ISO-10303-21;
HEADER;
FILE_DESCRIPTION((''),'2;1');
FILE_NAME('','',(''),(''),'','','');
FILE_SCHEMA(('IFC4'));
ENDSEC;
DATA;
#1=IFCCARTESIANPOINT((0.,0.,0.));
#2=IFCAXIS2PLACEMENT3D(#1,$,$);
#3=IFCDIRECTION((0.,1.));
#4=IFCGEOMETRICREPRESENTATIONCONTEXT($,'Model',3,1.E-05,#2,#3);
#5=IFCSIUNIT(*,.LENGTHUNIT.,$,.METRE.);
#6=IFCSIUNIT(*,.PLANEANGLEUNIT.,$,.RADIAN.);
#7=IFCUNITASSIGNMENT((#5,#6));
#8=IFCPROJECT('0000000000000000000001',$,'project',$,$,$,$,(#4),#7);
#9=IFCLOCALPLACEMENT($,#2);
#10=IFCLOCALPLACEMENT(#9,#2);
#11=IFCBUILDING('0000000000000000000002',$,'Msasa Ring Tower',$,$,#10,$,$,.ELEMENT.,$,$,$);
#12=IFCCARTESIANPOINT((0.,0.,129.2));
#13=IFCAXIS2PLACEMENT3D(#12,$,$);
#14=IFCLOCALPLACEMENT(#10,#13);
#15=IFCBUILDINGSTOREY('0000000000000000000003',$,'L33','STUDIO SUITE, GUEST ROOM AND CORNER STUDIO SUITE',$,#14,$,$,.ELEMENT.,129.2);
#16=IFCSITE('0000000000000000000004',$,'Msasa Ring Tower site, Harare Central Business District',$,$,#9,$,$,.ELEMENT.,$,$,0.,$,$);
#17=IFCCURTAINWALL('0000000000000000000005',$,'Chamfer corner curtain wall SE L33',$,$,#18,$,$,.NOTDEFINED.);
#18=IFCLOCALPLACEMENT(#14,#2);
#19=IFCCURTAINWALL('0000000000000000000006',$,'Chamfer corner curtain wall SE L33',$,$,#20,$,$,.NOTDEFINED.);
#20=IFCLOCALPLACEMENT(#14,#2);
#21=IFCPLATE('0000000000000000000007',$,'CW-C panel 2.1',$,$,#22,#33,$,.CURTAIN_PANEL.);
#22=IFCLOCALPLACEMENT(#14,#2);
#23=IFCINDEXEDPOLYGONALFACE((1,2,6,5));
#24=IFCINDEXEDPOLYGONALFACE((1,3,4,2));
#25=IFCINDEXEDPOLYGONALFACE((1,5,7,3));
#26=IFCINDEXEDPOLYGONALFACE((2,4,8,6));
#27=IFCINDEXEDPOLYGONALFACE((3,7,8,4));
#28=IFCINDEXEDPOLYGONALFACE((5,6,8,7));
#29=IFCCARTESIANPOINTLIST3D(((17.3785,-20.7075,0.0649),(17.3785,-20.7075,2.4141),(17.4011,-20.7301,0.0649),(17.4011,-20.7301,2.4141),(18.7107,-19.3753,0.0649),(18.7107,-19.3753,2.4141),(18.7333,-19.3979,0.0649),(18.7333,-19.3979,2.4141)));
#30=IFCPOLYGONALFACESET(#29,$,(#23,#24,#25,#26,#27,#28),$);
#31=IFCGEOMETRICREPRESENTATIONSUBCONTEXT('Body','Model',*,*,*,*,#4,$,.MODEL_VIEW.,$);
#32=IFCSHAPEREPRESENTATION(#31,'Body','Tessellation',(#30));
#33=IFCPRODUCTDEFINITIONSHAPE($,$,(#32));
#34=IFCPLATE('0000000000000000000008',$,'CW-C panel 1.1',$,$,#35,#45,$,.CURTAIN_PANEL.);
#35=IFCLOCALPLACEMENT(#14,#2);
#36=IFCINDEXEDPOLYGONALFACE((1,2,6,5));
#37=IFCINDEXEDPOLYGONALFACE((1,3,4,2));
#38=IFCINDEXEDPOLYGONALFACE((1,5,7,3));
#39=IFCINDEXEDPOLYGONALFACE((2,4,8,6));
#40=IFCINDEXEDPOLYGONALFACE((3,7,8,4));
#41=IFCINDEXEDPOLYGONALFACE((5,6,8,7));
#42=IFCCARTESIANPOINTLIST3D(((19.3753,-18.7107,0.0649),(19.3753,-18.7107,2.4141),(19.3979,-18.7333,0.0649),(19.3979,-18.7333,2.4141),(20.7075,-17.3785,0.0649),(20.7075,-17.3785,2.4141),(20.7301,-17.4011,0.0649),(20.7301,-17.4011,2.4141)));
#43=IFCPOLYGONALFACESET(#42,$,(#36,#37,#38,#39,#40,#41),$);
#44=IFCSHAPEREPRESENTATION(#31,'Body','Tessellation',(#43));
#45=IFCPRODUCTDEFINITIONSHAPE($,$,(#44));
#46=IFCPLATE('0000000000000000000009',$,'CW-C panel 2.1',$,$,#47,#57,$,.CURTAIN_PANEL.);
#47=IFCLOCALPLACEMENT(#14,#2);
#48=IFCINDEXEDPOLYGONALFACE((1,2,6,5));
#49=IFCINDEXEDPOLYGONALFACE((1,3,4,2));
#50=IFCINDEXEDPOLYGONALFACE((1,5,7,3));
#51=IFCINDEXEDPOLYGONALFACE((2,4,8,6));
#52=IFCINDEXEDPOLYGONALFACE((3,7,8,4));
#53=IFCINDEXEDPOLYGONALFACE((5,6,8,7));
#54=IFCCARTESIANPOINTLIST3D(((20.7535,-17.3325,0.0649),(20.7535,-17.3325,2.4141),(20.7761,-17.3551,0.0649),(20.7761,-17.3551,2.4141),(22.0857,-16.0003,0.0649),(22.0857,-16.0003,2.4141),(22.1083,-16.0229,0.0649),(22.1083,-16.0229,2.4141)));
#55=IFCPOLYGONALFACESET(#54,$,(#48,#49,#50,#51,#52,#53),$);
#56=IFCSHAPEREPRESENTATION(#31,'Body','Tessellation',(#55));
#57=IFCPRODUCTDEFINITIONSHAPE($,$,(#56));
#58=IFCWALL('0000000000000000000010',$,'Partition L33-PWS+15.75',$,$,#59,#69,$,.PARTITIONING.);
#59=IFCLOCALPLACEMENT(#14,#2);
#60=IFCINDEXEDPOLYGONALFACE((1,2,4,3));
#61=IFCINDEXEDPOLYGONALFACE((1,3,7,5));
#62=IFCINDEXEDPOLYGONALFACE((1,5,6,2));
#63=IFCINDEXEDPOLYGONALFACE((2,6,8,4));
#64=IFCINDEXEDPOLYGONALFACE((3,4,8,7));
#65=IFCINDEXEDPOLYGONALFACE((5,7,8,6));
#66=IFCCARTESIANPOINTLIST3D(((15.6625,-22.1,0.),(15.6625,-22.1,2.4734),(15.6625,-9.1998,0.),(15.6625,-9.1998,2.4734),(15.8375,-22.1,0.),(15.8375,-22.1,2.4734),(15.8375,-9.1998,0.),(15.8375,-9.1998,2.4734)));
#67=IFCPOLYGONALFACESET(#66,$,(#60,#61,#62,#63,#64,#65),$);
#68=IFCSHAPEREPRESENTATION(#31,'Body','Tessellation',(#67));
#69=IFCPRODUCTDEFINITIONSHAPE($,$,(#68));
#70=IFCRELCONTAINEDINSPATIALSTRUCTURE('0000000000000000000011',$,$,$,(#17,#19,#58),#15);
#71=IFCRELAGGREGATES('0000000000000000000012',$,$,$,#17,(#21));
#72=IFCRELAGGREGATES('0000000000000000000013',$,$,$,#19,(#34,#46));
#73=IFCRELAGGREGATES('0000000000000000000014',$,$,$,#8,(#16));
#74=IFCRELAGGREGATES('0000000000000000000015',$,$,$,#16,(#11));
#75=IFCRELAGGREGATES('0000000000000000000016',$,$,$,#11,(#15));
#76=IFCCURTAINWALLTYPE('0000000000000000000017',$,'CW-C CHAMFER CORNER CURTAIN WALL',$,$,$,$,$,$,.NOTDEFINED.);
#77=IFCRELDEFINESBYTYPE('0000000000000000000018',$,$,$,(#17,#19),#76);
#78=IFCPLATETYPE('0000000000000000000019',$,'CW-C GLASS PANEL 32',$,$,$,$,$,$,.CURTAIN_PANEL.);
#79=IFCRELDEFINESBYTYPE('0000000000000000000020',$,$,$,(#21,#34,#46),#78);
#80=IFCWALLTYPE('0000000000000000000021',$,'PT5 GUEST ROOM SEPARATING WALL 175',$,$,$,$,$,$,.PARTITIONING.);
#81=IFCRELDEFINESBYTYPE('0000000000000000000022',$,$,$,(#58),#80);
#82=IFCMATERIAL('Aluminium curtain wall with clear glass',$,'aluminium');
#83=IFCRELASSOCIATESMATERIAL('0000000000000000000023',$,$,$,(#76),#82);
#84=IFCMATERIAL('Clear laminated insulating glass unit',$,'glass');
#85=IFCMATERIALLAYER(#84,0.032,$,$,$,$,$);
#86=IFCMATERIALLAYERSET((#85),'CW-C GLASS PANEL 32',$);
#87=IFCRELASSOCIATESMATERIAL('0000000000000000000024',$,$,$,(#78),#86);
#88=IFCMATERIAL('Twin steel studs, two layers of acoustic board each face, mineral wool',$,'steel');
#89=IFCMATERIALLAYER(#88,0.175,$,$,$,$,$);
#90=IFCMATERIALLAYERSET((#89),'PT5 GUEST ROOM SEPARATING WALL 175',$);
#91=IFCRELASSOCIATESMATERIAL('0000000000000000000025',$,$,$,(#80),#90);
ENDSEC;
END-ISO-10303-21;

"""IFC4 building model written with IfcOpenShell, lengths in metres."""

from ifc_helpers import new_model, si_unit, direction, frame, frame_2d, origin, origin_2d, place, context, subcontext, project, spatial, rectangle, extrude, material, layer, layer_set, type_object, element, aggregate, save


model = new_model("IFC4")

# Units and contexts
model_context = context("Model", 3, precision=1e-05, world=origin(), true_north=direction((0.0, 1.0)))
body_context = subcontext(model_context, "Body", "Model", "MODEL_VIEW")
ifc_project = project(units=[si_unit("LENGTHUNIT", "METRE"), si_unit("PLANEANGLEUNIT", "RADIAN")], contexts=[model_context])

# Site, building, storey
site_placement = place(None, origin())
site = spatial("IfcSite", under=ifc_project, at=site_placement, Name="Msasa Ring Tower site, Harare Central Business District", CompositionType="ELEMENT", RefElevation=0.0)
building_placement = place(site_placement, origin())
building = spatial("IfcBuilding", under=site, at=building_placement, Name="Msasa Ring Tower", CompositionType="ELEMENT")
storey_placement = place(building_placement, frame((0.0, 0.0, 129.2)))
storey = spatial("IfcBuildingStorey", under=building, at=storey_placement, Name="L33", Description="STUDIO SUITE, GUEST ROOM AND CORNER STUDIO SUITE", CompositionType="ELEMENT", Elevation=129.2)

# Curtain walls
ifc_material_1 = material(Name="Aluminium curtain wall with clear glass", Category="aluminium")
curtain_wall_type = type_object("IfcCurtainWallType", Name="CW-C CHAMFER CORNER CURTAIN WALL", PredefinedType="NOTDEFINED", material=ifc_material_1)
curtain_wall_1_placement = place(storey_placement, origin())
curtain_wall_1 = element("IfcCurtainWall", 1, at=curtain_wall_1_placement, inside=storey, type_object=curtain_wall_type, Name="Chamfer corner curtain wall SE L33", PredefinedType="NOTDEFINED")
curtain_wall_2_placement = place(storey_placement, origin())
curtain_wall_2 = element("IfcCurtainWall", 2, at=curtain_wall_2_placement, inside=storey, type_object=curtain_wall_type, Name="Chamfer corner curtain wall SE L33", PredefinedType="NOTDEFINED")

# Plates
ifc_material_2 = material(Name="Clear laminated insulating glass unit", Category="glass")
ifc_layer_1 = layer(ifc_material_2, 0.032)
ifc_layer_set_1 = layer_set([ifc_layer_1], Name="CW-C GLASS PANEL 32")
plate_type = type_object("IfcPlateType", Name="CW-C GLASS PANEL 32", PredefinedType="CURTAIN_PANEL", material=ifc_layer_set_1)
plate_1_placement = place(storey_placement, frame((18.0559, -20.0527, 0.0649), z_axis=(0.0, 0.0, 1.0), x_axis=(0.707107, 0.707107, 0.0)))
plate_1 = element("IfcPlate", 3, at=plate_1_placement, type_object=plate_type, Name="CW-C panel 2.1", PredefinedType="CURTAIN_PANEL", context=body_context, shape_type="SweptSolid", body=[
    extrude(rectangle(XDim=1.884, YDim=0.032, at=origin_2d()), origin(), (0.0, 0.0, 1.0), 2.3491),
])
aggregate(curtain_wall_1, [plate_1])
plate_2_placement = place(storey_placement, frame((20.0527, -18.0559, 0.0649), z_axis=(0.0, 0.0, 1.0), x_axis=(0.707107, 0.707107, 0.0)))
plate_2 = element("IfcPlate", 4, at=plate_2_placement, type_object=plate_type, Name="CW-C panel 1.1", PredefinedType="CURTAIN_PANEL", context=body_context, shape_type="SweptSolid", body=[
    extrude(rectangle(XDim=1.884, YDim=0.032, at=origin_2d()), origin(), (0.0, 0.0, 1.0), 2.3491),
])
plate_3_placement = place(storey_placement, frame((21.4309, -16.6777, 0.0649), z_axis=(0.0, 0.0, 1.0), x_axis=(0.707107, 0.707107, 0.0)))
plate_3 = element("IfcPlate", 5, at=plate_3_placement, type_object=plate_type, Name="CW-C panel 2.1", PredefinedType="CURTAIN_PANEL", context=body_context, shape_type="SweptSolid", body=[
    extrude(rectangle(XDim=1.884, YDim=0.032, at=origin_2d()), origin(), (0.0, 0.0, 1.0), 2.3491),
])
aggregate(curtain_wall_2, [plate_2, plate_3])

# Wall
ifc_material_3 = material(Name="Twin steel studs, two layers of acoustic board each face, mineral wool", Category="steel")
ifc_layer_2 = layer(ifc_material_3, 0.175)
ifc_layer_set_2 = layer_set([ifc_layer_2], Name="PT5 GUEST ROOM SEPARATING WALL 175")
wall_type = type_object("IfcWallType", Name="PT5 GUEST ROOM SEPARATING WALL 175", PredefinedType="PARTITIONING", material=ifc_layer_set_2)
wall_placement = place(storey_placement, frame((15.75, -22.1001, 0.0), z_axis=(0.0, 0.0, 1.0), x_axis=(0.0, 1.0, 0.0)))
element("IfcWall", 6, at=wall_placement, inside=storey, type_object=wall_type, Name="Partition L33-PWS+15.75", PredefinedType="PARTITIONING", context=body_context, shape_type="SweptSolid", body=[
    extrude(rectangle(XDim=12.9001, YDim=0.175, at=frame_2d((6.4502, 0.0))), origin(), (0.0, 0.0, 1.0), 2.4734),
])

save(model, "model.ifc")
